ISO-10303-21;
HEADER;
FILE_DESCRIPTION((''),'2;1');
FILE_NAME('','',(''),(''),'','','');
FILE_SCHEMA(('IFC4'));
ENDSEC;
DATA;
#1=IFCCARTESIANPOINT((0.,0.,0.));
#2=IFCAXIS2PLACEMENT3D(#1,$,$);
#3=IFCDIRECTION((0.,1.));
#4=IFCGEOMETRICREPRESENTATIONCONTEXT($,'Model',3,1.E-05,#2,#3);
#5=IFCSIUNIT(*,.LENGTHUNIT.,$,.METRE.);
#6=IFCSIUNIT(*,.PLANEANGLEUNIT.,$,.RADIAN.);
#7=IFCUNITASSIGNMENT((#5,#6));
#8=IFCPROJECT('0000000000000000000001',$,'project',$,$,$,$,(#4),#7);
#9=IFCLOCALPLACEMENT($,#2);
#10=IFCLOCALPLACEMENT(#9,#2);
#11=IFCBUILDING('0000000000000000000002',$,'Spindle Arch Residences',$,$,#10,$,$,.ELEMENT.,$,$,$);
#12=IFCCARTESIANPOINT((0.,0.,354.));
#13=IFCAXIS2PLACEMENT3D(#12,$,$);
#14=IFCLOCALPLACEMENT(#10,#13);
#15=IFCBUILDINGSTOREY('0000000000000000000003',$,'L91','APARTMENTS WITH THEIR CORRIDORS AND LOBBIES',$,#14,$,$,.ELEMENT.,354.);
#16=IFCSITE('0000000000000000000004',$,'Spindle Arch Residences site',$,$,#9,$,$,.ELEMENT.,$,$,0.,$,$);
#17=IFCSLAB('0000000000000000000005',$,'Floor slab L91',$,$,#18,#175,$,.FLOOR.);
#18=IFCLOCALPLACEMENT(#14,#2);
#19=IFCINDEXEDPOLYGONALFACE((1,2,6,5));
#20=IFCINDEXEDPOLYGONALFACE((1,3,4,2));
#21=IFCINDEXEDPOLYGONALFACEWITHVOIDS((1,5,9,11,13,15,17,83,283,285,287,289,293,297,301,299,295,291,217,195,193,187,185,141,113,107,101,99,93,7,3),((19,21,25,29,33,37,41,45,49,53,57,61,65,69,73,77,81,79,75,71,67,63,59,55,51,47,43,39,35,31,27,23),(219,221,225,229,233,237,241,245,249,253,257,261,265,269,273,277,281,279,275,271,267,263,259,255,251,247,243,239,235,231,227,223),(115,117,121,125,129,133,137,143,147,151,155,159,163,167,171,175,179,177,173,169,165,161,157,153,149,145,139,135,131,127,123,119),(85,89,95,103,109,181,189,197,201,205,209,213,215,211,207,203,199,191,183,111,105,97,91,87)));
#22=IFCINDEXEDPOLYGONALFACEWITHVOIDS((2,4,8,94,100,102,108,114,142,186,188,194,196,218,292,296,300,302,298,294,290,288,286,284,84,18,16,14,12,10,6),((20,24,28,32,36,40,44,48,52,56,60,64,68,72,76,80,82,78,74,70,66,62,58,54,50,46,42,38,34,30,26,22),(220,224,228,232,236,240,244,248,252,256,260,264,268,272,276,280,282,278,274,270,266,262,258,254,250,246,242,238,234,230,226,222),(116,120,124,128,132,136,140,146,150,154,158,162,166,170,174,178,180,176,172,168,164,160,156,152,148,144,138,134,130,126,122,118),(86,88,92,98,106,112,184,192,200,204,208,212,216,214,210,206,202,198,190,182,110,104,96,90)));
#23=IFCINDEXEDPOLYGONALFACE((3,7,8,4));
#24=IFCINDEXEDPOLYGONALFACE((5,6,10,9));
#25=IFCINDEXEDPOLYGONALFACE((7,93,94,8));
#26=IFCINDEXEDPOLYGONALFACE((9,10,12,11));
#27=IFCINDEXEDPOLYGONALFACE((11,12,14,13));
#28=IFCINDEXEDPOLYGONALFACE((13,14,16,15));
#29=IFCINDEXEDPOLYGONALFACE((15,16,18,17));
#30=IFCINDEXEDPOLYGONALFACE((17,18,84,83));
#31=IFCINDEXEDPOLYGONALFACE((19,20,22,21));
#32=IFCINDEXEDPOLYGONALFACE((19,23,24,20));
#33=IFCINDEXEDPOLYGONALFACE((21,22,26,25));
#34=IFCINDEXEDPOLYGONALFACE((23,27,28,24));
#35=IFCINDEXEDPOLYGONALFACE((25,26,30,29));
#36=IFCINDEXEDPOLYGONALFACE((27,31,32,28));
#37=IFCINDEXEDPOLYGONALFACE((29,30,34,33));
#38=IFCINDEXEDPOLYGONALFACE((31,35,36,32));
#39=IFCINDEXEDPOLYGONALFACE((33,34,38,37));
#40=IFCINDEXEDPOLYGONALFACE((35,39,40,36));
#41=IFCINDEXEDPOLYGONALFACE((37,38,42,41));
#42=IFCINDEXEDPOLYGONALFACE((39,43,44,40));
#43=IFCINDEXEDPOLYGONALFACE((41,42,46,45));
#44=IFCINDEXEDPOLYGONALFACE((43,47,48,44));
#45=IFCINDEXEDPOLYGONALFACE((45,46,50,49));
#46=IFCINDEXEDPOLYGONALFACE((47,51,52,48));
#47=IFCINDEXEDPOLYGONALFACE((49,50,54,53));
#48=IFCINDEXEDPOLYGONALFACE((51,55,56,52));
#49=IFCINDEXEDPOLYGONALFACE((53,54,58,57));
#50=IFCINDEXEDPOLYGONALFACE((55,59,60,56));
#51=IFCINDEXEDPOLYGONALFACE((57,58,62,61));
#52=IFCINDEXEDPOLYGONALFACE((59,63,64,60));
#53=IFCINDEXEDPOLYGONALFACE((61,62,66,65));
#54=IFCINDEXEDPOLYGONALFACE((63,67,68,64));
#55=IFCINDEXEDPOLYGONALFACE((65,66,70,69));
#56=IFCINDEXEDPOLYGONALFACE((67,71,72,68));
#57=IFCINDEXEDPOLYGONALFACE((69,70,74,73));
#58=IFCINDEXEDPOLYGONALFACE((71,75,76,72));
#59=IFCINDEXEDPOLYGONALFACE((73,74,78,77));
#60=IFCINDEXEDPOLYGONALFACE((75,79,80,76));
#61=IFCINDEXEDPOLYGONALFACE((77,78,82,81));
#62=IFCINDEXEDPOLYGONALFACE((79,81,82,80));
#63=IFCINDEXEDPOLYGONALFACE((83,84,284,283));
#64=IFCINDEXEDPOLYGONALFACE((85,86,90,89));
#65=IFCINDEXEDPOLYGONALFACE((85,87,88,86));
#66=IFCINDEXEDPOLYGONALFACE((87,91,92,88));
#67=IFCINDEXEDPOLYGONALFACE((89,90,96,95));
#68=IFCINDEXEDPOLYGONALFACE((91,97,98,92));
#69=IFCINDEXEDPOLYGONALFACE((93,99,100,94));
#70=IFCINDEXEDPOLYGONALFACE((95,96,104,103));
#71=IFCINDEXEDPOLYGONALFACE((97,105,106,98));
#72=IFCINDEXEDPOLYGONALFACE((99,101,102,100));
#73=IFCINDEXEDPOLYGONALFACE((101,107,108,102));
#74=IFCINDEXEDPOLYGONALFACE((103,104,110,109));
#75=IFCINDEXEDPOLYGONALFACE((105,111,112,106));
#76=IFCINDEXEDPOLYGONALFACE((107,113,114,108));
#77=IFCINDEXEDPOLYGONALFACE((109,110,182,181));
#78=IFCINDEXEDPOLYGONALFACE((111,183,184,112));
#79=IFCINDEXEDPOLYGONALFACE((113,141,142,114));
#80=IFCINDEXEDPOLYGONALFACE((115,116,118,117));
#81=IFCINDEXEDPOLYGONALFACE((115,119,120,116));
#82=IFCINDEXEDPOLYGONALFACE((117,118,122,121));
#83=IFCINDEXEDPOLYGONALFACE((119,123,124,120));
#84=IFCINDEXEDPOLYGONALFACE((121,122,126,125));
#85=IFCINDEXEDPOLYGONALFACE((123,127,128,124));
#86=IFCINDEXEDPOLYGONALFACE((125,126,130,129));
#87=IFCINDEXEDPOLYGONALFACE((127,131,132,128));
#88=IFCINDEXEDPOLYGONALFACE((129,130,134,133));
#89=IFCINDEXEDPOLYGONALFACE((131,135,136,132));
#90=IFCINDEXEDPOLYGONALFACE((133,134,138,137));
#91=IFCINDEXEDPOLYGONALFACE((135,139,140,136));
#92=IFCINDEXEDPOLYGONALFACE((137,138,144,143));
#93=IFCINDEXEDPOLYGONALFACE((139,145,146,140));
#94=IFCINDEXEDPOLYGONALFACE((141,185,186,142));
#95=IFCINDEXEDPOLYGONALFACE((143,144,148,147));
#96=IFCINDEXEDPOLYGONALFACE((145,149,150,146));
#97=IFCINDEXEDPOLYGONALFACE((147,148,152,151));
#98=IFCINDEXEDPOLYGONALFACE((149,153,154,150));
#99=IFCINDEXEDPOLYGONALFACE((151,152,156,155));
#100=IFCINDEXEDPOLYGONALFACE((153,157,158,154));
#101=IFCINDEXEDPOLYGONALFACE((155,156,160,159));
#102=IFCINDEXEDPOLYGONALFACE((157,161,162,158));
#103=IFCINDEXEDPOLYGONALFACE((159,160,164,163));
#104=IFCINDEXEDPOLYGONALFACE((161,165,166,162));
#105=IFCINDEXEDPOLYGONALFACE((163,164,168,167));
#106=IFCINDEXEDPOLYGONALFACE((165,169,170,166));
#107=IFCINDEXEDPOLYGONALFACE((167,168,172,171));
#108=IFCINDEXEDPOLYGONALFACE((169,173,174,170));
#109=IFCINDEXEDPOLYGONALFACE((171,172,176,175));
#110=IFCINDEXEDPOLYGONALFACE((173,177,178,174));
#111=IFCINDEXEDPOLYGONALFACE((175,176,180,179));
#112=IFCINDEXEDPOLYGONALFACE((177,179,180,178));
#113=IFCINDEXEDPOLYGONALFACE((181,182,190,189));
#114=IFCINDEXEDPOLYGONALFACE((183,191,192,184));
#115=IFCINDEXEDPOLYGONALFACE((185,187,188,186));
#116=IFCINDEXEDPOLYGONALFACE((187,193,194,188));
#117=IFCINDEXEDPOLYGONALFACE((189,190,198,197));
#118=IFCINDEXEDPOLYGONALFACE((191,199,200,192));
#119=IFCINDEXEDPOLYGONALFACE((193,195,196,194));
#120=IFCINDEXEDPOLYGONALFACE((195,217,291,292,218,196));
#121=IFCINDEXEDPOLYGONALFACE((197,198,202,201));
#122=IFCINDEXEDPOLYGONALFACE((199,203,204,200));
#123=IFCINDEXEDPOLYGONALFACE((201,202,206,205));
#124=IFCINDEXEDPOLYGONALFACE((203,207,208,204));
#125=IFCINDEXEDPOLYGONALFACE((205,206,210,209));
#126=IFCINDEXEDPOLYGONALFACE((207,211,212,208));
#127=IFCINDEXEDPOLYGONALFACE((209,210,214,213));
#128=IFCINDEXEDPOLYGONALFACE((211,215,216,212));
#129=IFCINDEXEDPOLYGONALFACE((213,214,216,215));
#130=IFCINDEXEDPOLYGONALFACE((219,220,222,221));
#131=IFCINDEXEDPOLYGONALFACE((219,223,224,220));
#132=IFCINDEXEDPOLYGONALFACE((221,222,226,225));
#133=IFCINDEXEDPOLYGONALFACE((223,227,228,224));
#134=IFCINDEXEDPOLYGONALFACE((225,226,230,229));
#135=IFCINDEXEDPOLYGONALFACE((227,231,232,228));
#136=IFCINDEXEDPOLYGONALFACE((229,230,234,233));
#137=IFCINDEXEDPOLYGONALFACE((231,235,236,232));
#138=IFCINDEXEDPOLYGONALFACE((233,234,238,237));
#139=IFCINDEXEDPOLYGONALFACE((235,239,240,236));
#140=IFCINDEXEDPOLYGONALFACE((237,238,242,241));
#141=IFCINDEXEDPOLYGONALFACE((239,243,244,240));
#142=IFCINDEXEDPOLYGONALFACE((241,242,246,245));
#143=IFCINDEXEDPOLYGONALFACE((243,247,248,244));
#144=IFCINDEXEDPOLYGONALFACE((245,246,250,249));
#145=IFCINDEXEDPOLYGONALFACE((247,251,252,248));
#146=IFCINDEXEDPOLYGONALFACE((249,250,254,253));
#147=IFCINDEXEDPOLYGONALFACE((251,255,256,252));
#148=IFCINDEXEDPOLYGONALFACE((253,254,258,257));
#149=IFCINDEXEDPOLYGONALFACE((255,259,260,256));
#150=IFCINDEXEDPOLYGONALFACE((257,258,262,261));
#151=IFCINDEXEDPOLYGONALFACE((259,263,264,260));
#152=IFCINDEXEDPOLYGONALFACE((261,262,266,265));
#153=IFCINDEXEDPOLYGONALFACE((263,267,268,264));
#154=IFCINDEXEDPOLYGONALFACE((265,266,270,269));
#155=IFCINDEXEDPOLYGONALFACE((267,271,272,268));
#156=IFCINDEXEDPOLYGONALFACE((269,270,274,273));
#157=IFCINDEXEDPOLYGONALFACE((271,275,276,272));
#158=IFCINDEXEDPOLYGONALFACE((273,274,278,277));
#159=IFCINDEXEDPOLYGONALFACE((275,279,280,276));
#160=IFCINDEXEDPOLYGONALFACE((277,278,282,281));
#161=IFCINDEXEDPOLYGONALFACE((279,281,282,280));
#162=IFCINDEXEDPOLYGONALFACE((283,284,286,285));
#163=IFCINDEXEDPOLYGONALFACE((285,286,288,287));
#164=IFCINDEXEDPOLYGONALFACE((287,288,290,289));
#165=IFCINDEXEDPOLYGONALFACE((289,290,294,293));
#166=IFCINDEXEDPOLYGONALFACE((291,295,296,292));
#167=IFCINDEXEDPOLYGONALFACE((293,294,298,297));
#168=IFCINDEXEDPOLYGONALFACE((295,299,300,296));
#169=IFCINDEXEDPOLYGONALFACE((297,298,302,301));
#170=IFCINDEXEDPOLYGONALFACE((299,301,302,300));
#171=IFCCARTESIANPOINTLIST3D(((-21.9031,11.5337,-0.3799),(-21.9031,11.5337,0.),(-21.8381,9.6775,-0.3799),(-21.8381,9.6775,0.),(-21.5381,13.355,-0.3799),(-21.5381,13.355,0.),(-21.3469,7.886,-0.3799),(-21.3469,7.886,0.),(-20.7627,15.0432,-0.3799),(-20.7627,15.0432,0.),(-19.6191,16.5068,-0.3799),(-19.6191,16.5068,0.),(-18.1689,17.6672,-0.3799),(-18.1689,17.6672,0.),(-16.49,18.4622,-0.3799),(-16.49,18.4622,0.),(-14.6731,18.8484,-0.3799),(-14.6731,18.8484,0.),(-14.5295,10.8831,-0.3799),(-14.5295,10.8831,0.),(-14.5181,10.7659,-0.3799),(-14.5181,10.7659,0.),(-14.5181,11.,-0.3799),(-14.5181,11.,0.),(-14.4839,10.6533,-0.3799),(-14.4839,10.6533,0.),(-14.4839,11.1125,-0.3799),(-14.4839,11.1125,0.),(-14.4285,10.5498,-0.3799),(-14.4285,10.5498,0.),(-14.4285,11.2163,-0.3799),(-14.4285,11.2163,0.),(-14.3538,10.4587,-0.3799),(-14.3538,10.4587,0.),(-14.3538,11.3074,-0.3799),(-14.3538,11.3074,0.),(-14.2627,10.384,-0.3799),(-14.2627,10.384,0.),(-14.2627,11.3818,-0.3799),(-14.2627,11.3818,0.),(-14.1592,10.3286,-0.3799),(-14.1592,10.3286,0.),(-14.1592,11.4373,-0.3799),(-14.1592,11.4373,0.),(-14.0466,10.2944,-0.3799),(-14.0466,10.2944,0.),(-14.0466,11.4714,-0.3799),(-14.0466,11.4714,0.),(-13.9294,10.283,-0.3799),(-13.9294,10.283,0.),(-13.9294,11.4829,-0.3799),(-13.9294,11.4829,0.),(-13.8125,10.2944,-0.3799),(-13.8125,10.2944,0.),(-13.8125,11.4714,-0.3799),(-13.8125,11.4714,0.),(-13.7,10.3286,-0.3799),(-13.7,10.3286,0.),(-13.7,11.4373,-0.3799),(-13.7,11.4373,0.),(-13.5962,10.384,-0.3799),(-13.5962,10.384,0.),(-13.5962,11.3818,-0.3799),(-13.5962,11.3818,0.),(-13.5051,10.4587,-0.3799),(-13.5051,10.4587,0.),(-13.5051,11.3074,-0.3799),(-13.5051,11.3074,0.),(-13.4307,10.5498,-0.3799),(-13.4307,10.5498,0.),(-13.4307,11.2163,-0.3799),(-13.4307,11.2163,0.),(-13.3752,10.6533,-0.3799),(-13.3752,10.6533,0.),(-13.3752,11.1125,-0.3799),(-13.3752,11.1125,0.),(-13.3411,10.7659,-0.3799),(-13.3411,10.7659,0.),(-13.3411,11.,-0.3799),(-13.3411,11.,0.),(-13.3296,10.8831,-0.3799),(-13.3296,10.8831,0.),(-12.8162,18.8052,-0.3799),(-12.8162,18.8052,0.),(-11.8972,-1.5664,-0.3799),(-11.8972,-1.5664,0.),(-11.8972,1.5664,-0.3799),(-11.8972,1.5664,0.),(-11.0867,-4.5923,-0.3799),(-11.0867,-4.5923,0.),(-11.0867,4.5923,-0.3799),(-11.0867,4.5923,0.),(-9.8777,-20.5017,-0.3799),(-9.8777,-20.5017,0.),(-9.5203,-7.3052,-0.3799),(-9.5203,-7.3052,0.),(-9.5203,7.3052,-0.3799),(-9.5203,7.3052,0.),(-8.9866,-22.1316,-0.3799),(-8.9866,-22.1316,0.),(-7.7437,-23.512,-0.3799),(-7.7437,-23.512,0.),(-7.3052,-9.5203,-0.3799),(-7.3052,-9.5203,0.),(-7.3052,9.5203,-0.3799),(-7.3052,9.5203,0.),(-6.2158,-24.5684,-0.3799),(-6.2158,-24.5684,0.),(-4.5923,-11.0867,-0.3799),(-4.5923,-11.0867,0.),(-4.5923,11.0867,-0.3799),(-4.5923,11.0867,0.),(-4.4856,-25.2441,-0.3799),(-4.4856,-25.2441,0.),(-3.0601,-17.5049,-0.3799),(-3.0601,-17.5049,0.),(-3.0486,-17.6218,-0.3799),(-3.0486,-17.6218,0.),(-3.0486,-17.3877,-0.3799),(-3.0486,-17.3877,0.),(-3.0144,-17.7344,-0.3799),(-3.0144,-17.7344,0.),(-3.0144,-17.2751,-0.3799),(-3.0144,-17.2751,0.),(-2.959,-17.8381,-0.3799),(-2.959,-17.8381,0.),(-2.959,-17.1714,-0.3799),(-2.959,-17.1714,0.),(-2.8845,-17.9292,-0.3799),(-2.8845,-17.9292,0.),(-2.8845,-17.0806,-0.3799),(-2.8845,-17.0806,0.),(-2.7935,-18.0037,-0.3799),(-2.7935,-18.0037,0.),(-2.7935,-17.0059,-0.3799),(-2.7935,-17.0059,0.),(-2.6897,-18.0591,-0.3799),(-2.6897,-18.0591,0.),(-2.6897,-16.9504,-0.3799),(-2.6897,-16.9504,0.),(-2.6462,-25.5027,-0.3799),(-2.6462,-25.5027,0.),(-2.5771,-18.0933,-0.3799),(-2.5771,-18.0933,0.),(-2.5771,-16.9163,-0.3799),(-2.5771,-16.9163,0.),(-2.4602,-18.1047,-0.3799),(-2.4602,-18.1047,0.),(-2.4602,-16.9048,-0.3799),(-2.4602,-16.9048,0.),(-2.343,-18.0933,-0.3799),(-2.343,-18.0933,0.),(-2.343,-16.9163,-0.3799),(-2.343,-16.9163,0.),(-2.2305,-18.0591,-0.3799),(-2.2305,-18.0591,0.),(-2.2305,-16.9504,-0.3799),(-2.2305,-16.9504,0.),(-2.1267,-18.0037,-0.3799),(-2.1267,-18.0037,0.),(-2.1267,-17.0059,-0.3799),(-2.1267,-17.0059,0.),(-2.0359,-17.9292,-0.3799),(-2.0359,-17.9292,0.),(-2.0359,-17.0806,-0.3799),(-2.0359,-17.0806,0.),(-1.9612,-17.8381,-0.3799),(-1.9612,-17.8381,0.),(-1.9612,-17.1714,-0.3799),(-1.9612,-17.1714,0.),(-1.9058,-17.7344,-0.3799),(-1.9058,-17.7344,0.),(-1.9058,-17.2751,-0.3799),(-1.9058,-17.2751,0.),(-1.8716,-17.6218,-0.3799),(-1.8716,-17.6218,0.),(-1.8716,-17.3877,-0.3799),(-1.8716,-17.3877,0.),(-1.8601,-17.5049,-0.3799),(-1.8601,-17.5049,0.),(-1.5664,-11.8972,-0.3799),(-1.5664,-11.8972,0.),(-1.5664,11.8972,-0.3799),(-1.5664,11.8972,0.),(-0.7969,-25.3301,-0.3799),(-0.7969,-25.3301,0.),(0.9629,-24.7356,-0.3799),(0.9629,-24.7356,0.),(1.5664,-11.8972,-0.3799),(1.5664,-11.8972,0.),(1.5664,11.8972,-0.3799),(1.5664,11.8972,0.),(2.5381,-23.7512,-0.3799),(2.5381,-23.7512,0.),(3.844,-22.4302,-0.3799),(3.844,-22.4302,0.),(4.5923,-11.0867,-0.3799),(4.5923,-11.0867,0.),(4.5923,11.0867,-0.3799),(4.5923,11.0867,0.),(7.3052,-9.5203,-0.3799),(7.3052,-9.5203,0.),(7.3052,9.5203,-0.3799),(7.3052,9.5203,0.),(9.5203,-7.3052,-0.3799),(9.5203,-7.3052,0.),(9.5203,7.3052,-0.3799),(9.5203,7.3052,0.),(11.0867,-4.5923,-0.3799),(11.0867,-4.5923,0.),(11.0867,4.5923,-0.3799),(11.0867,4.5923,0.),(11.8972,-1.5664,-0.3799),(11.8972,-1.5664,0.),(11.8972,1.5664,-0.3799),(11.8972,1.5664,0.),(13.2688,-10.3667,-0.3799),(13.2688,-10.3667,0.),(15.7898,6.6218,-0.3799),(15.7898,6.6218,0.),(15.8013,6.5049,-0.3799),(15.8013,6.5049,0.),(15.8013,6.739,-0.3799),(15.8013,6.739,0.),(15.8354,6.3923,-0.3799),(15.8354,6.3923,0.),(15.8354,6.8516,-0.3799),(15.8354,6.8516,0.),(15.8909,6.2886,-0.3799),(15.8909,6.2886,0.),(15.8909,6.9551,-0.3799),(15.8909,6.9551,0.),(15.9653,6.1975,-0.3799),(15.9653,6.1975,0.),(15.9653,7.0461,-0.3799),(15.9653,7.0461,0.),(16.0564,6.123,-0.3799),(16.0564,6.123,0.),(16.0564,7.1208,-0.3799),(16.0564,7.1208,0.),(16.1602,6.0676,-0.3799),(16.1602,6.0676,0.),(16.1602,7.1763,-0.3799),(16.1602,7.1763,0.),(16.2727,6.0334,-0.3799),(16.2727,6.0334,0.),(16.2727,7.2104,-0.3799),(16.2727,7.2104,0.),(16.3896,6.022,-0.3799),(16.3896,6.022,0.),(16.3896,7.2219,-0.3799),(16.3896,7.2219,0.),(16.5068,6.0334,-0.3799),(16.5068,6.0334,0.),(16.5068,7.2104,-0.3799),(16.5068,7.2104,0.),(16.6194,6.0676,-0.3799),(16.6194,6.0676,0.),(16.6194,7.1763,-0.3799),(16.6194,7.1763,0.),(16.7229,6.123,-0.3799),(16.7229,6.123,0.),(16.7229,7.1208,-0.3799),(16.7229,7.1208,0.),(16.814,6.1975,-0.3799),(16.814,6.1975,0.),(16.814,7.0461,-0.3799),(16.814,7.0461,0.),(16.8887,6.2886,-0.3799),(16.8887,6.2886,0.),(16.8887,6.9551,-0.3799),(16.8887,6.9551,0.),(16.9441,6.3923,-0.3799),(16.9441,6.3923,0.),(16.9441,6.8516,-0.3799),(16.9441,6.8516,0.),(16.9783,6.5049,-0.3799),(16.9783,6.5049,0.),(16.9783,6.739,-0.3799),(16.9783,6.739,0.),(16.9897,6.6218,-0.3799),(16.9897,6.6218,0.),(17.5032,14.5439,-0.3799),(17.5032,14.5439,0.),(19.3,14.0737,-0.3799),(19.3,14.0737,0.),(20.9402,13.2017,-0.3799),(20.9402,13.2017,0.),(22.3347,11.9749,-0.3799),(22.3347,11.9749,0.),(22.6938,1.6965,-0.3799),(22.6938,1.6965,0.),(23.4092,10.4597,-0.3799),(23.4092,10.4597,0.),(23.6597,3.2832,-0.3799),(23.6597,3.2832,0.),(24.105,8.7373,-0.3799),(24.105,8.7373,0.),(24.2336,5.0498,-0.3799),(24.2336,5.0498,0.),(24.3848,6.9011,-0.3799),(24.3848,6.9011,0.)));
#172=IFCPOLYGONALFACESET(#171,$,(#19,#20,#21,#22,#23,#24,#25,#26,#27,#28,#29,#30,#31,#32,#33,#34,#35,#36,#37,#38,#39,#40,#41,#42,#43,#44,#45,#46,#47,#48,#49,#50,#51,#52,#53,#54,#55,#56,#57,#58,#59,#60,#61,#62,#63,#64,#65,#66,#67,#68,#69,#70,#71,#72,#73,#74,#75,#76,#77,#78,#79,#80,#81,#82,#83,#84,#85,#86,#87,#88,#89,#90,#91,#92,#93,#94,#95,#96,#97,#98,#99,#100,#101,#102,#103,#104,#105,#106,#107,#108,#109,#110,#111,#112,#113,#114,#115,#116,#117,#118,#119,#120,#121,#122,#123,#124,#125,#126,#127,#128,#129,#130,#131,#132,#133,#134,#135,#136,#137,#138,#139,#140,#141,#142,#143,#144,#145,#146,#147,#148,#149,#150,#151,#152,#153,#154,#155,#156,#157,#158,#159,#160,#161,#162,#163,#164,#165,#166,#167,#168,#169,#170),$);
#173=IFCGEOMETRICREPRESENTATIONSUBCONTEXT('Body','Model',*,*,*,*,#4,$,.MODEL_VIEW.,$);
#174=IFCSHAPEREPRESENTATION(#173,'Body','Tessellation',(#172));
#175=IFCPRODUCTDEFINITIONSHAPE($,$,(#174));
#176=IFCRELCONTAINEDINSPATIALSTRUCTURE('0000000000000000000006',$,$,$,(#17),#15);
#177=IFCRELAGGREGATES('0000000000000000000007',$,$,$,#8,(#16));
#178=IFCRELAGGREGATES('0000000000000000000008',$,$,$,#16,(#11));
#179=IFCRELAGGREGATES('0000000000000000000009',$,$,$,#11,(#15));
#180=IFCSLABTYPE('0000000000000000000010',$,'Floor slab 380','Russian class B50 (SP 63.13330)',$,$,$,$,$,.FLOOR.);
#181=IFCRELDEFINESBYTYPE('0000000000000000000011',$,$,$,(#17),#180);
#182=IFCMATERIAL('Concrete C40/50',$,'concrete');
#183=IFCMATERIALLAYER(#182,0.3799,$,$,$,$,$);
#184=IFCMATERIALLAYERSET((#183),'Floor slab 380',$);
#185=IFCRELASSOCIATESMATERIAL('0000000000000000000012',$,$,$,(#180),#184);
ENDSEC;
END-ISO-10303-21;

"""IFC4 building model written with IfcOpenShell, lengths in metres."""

from ifc_helpers import new_model, si_unit, direction, frame, origin, place, context, subcontext, project, spatial, polyline, outline, extrude, material, layer, layer_set, type_object, element, save


model = new_model("IFC4")

# Units and contexts
model_context = context("Model", 3, precision=1e-05, world=origin(), true_north=direction((0.0, 1.0)))
body_context = subcontext(model_context, "Body", "Model", "MODEL_VIEW")
ifc_project = project(units=[si_unit("LENGTHUNIT", "METRE"), si_unit("PLANEANGLEUNIT", "RADIAN")], contexts=[model_context])

# Site, building, storey
site_placement = place(None, origin())
site = spatial("IfcSite", under=ifc_project, at=site_placement, Name="Spindle Arch Residences site", CompositionType="ELEMENT", RefElevation=0.0)
building_placement = place(site_placement, origin())
building = spatial("IfcBuilding", under=site, at=building_placement, Name="Spindle Arch Residences", CompositionType="ELEMENT")
storey_placement = place(building_placement, frame((0.0, 0.0, 354.0)))
storey = spatial("IfcBuildingStorey", under=building, at=storey_placement, Name="L91", Description="APARTMENTS WITH THEIR CORRIDORS AND LOBBIES", CompositionType="ELEMENT", Elevation=354.0)

# Slab
ifc_material_1 = material(Name="Concrete C40/50", Category="concrete")
ifc_layer_1 = layer(ifc_material_1, 0.3799)
ifc_layer_set_1 = layer_set([ifc_layer_1], Name="Floor slab 380")
slab_type_1 = type_object("IfcSlabType", Name="Floor slab 380", Description="Russian class B50 (SP 63.13330)", PredefinedType="FLOOR", material=ifc_layer_set_1)
slab_1_placement = place(storey_placement, frame((0.0, 0.0, -0.3799)))
element("IfcSlab", 1, at=slab_1_placement, inside=storey, type_object=slab_type_1, Name="Floor slab L91", PredefinedType="FLOOR", context=body_context, shape_type="SweptSolid", body=[
    extrude(outline(polyline([(2.5381, -23.7512), (0.9629, -24.7356), (-0.7969, -25.3301), (-2.6462, -25.5027), (-4.4856, -25.2441), (-6.2158, -24.5684), (-7.7437, -23.512), (-8.9866, -22.1316), (-9.8777, -20.5017), (-21.3469, 7.886), (-21.8381, 9.6775), (-21.9031, 11.5337), (-21.5381, 13.355), (-20.7627, 15.0432), (-19.6191, 16.5068), (-18.1689, 17.6672), (-16.49, 18.4622), (-14.6731, 18.8484), (-12.8162, 18.8052), (17.5032, 14.5439), (19.3, 14.0737), (20.9402, 13.2017), (22.3347, 11.9749), (23.4092, 10.4597), (24.105, 8.7373), (24.3848, 6.9011), (24.2336, 5.0498), (23.6597, 3.2832), (22.6938, 1.6965), (13.2688, -10.3667), (3.844, -22.4302), (2.5381, -23.7512)]), holes=[polyline([(7.3052, -9.5203), (9.5203, -7.3052), (11.0867, -4.5923), (11.8972, -1.5664), (11.8972, 1.5664), (11.0867, 4.5923), (9.5203, 7.3052), (7.3052, 9.5203), (4.5923, 11.0867), (1.5664, 11.8972), (-1.5664, 11.8972), (-4.5923, 11.0867), (-7.3052, 9.5203), (-9.5203, 7.3052), (-11.0867, 4.5923), (-11.8972, 1.5664), (-11.8972, -1.5664), (-11.0867, -4.5923), (-9.5203, -7.3052), (-7.3052, -9.5203), (-4.5923, -11.0867), (-1.5664, -11.8972), (1.5664, -11.8972), (4.5923, -11.0867), (7.3052, -9.5203)]), polyline([(-1.9612, -17.8381), (-1.9058, -17.7344), (-1.8716, -17.6218), (-1.8601, -17.5049), (-1.8716, -17.3877), (-1.9058, -17.2751), (-1.9612, -17.1714), (-2.0359, -17.0806), (-2.1267, -17.0059), (-2.2305, -16.9504), (-2.343, -16.9163), (-2.4602, -16.9048), (-2.5771, -16.9163), (-2.6897, -16.9504), (-2.7935, -17.0059), (-2.8845, -17.0806), (-2.959, -17.1714), (-3.0144, -17.2751), (-3.0486, -17.3877), (-3.0601, -17.5049), (-3.0486, -17.6218), (-3.0144, -17.7344), (-2.959, -17.8381), (-2.8845, -17.9292), (-2.7935, -18.0037), (-2.6897, -18.0591), (-2.5771, -18.0933), (-2.4602, -18.1047), (-2.343, -18.0933), (-2.2305, -18.0591), (-2.1267, -18.0037), (-2.0359, -17.9292), (-1.9612, -17.8381)]), polyline([(-13.5051, 10.4587), (-13.4307, 10.5498), (-13.3752, 10.6533), (-13.3411, 10.7659), (-13.3296, 10.8831), (-13.3411, 11.0), (-13.3752, 11.1125), (-13.4307, 11.2163), (-13.5051, 11.3074), (-13.5962, 11.3818), (-13.7, 11.4373), (-13.8125, 11.4714), (-13.9294, 11.4829), (-14.0466, 11.4714), (-14.1592, 11.4373), (-14.2627, 11.3818), (-14.3538, 11.3074), (-14.4285, 11.2163), (-14.4839, 11.1125), (-14.5181, 11.0), (-14.5295, 10.8831), (-14.5181, 10.7659), (-14.4839, 10.6533), (-14.4285, 10.5498), (-14.3538, 10.4587), (-14.2627, 10.384), (-14.1592, 10.3286), (-14.0466, 10.2944), (-13.9294, 10.283), (-13.8125, 10.2944), (-13.7, 10.3286), (-13.5962, 10.384), (-13.5051, 10.4587)]), polyline([(16.814, 6.1975), (16.8887, 6.2886), (16.9441, 6.3923), (16.9783, 6.5049), (16.9897, 6.6218), (16.9783, 6.739), (16.9441, 6.8516), (16.8887, 6.9551), (16.814, 7.0461), (16.7229, 7.1208), (16.6194, 7.1763), (16.5068, 7.2104), (16.3896, 7.2219), (16.2727, 7.2104), (16.1602, 7.1763), (16.0564, 7.1208), (15.9653, 7.0461), (15.8909, 6.9551), (15.8354, 6.8516), (15.8013, 6.739), (15.7898, 6.6218), (15.8013, 6.5049), (15.8354, 6.3923), (15.8909, 6.2886), (15.9653, 6.1975), (16.0564, 6.123), (16.1602, 6.0676), (16.2727, 6.0334), (16.3896, 6.022), (16.5068, 6.0334), (16.6194, 6.0676), (16.7229, 6.123), (16.814, 6.1975)])]), origin(), (0.0, 0.0, 1.0), 0.3799),
])

save(model, "model.ifc")
